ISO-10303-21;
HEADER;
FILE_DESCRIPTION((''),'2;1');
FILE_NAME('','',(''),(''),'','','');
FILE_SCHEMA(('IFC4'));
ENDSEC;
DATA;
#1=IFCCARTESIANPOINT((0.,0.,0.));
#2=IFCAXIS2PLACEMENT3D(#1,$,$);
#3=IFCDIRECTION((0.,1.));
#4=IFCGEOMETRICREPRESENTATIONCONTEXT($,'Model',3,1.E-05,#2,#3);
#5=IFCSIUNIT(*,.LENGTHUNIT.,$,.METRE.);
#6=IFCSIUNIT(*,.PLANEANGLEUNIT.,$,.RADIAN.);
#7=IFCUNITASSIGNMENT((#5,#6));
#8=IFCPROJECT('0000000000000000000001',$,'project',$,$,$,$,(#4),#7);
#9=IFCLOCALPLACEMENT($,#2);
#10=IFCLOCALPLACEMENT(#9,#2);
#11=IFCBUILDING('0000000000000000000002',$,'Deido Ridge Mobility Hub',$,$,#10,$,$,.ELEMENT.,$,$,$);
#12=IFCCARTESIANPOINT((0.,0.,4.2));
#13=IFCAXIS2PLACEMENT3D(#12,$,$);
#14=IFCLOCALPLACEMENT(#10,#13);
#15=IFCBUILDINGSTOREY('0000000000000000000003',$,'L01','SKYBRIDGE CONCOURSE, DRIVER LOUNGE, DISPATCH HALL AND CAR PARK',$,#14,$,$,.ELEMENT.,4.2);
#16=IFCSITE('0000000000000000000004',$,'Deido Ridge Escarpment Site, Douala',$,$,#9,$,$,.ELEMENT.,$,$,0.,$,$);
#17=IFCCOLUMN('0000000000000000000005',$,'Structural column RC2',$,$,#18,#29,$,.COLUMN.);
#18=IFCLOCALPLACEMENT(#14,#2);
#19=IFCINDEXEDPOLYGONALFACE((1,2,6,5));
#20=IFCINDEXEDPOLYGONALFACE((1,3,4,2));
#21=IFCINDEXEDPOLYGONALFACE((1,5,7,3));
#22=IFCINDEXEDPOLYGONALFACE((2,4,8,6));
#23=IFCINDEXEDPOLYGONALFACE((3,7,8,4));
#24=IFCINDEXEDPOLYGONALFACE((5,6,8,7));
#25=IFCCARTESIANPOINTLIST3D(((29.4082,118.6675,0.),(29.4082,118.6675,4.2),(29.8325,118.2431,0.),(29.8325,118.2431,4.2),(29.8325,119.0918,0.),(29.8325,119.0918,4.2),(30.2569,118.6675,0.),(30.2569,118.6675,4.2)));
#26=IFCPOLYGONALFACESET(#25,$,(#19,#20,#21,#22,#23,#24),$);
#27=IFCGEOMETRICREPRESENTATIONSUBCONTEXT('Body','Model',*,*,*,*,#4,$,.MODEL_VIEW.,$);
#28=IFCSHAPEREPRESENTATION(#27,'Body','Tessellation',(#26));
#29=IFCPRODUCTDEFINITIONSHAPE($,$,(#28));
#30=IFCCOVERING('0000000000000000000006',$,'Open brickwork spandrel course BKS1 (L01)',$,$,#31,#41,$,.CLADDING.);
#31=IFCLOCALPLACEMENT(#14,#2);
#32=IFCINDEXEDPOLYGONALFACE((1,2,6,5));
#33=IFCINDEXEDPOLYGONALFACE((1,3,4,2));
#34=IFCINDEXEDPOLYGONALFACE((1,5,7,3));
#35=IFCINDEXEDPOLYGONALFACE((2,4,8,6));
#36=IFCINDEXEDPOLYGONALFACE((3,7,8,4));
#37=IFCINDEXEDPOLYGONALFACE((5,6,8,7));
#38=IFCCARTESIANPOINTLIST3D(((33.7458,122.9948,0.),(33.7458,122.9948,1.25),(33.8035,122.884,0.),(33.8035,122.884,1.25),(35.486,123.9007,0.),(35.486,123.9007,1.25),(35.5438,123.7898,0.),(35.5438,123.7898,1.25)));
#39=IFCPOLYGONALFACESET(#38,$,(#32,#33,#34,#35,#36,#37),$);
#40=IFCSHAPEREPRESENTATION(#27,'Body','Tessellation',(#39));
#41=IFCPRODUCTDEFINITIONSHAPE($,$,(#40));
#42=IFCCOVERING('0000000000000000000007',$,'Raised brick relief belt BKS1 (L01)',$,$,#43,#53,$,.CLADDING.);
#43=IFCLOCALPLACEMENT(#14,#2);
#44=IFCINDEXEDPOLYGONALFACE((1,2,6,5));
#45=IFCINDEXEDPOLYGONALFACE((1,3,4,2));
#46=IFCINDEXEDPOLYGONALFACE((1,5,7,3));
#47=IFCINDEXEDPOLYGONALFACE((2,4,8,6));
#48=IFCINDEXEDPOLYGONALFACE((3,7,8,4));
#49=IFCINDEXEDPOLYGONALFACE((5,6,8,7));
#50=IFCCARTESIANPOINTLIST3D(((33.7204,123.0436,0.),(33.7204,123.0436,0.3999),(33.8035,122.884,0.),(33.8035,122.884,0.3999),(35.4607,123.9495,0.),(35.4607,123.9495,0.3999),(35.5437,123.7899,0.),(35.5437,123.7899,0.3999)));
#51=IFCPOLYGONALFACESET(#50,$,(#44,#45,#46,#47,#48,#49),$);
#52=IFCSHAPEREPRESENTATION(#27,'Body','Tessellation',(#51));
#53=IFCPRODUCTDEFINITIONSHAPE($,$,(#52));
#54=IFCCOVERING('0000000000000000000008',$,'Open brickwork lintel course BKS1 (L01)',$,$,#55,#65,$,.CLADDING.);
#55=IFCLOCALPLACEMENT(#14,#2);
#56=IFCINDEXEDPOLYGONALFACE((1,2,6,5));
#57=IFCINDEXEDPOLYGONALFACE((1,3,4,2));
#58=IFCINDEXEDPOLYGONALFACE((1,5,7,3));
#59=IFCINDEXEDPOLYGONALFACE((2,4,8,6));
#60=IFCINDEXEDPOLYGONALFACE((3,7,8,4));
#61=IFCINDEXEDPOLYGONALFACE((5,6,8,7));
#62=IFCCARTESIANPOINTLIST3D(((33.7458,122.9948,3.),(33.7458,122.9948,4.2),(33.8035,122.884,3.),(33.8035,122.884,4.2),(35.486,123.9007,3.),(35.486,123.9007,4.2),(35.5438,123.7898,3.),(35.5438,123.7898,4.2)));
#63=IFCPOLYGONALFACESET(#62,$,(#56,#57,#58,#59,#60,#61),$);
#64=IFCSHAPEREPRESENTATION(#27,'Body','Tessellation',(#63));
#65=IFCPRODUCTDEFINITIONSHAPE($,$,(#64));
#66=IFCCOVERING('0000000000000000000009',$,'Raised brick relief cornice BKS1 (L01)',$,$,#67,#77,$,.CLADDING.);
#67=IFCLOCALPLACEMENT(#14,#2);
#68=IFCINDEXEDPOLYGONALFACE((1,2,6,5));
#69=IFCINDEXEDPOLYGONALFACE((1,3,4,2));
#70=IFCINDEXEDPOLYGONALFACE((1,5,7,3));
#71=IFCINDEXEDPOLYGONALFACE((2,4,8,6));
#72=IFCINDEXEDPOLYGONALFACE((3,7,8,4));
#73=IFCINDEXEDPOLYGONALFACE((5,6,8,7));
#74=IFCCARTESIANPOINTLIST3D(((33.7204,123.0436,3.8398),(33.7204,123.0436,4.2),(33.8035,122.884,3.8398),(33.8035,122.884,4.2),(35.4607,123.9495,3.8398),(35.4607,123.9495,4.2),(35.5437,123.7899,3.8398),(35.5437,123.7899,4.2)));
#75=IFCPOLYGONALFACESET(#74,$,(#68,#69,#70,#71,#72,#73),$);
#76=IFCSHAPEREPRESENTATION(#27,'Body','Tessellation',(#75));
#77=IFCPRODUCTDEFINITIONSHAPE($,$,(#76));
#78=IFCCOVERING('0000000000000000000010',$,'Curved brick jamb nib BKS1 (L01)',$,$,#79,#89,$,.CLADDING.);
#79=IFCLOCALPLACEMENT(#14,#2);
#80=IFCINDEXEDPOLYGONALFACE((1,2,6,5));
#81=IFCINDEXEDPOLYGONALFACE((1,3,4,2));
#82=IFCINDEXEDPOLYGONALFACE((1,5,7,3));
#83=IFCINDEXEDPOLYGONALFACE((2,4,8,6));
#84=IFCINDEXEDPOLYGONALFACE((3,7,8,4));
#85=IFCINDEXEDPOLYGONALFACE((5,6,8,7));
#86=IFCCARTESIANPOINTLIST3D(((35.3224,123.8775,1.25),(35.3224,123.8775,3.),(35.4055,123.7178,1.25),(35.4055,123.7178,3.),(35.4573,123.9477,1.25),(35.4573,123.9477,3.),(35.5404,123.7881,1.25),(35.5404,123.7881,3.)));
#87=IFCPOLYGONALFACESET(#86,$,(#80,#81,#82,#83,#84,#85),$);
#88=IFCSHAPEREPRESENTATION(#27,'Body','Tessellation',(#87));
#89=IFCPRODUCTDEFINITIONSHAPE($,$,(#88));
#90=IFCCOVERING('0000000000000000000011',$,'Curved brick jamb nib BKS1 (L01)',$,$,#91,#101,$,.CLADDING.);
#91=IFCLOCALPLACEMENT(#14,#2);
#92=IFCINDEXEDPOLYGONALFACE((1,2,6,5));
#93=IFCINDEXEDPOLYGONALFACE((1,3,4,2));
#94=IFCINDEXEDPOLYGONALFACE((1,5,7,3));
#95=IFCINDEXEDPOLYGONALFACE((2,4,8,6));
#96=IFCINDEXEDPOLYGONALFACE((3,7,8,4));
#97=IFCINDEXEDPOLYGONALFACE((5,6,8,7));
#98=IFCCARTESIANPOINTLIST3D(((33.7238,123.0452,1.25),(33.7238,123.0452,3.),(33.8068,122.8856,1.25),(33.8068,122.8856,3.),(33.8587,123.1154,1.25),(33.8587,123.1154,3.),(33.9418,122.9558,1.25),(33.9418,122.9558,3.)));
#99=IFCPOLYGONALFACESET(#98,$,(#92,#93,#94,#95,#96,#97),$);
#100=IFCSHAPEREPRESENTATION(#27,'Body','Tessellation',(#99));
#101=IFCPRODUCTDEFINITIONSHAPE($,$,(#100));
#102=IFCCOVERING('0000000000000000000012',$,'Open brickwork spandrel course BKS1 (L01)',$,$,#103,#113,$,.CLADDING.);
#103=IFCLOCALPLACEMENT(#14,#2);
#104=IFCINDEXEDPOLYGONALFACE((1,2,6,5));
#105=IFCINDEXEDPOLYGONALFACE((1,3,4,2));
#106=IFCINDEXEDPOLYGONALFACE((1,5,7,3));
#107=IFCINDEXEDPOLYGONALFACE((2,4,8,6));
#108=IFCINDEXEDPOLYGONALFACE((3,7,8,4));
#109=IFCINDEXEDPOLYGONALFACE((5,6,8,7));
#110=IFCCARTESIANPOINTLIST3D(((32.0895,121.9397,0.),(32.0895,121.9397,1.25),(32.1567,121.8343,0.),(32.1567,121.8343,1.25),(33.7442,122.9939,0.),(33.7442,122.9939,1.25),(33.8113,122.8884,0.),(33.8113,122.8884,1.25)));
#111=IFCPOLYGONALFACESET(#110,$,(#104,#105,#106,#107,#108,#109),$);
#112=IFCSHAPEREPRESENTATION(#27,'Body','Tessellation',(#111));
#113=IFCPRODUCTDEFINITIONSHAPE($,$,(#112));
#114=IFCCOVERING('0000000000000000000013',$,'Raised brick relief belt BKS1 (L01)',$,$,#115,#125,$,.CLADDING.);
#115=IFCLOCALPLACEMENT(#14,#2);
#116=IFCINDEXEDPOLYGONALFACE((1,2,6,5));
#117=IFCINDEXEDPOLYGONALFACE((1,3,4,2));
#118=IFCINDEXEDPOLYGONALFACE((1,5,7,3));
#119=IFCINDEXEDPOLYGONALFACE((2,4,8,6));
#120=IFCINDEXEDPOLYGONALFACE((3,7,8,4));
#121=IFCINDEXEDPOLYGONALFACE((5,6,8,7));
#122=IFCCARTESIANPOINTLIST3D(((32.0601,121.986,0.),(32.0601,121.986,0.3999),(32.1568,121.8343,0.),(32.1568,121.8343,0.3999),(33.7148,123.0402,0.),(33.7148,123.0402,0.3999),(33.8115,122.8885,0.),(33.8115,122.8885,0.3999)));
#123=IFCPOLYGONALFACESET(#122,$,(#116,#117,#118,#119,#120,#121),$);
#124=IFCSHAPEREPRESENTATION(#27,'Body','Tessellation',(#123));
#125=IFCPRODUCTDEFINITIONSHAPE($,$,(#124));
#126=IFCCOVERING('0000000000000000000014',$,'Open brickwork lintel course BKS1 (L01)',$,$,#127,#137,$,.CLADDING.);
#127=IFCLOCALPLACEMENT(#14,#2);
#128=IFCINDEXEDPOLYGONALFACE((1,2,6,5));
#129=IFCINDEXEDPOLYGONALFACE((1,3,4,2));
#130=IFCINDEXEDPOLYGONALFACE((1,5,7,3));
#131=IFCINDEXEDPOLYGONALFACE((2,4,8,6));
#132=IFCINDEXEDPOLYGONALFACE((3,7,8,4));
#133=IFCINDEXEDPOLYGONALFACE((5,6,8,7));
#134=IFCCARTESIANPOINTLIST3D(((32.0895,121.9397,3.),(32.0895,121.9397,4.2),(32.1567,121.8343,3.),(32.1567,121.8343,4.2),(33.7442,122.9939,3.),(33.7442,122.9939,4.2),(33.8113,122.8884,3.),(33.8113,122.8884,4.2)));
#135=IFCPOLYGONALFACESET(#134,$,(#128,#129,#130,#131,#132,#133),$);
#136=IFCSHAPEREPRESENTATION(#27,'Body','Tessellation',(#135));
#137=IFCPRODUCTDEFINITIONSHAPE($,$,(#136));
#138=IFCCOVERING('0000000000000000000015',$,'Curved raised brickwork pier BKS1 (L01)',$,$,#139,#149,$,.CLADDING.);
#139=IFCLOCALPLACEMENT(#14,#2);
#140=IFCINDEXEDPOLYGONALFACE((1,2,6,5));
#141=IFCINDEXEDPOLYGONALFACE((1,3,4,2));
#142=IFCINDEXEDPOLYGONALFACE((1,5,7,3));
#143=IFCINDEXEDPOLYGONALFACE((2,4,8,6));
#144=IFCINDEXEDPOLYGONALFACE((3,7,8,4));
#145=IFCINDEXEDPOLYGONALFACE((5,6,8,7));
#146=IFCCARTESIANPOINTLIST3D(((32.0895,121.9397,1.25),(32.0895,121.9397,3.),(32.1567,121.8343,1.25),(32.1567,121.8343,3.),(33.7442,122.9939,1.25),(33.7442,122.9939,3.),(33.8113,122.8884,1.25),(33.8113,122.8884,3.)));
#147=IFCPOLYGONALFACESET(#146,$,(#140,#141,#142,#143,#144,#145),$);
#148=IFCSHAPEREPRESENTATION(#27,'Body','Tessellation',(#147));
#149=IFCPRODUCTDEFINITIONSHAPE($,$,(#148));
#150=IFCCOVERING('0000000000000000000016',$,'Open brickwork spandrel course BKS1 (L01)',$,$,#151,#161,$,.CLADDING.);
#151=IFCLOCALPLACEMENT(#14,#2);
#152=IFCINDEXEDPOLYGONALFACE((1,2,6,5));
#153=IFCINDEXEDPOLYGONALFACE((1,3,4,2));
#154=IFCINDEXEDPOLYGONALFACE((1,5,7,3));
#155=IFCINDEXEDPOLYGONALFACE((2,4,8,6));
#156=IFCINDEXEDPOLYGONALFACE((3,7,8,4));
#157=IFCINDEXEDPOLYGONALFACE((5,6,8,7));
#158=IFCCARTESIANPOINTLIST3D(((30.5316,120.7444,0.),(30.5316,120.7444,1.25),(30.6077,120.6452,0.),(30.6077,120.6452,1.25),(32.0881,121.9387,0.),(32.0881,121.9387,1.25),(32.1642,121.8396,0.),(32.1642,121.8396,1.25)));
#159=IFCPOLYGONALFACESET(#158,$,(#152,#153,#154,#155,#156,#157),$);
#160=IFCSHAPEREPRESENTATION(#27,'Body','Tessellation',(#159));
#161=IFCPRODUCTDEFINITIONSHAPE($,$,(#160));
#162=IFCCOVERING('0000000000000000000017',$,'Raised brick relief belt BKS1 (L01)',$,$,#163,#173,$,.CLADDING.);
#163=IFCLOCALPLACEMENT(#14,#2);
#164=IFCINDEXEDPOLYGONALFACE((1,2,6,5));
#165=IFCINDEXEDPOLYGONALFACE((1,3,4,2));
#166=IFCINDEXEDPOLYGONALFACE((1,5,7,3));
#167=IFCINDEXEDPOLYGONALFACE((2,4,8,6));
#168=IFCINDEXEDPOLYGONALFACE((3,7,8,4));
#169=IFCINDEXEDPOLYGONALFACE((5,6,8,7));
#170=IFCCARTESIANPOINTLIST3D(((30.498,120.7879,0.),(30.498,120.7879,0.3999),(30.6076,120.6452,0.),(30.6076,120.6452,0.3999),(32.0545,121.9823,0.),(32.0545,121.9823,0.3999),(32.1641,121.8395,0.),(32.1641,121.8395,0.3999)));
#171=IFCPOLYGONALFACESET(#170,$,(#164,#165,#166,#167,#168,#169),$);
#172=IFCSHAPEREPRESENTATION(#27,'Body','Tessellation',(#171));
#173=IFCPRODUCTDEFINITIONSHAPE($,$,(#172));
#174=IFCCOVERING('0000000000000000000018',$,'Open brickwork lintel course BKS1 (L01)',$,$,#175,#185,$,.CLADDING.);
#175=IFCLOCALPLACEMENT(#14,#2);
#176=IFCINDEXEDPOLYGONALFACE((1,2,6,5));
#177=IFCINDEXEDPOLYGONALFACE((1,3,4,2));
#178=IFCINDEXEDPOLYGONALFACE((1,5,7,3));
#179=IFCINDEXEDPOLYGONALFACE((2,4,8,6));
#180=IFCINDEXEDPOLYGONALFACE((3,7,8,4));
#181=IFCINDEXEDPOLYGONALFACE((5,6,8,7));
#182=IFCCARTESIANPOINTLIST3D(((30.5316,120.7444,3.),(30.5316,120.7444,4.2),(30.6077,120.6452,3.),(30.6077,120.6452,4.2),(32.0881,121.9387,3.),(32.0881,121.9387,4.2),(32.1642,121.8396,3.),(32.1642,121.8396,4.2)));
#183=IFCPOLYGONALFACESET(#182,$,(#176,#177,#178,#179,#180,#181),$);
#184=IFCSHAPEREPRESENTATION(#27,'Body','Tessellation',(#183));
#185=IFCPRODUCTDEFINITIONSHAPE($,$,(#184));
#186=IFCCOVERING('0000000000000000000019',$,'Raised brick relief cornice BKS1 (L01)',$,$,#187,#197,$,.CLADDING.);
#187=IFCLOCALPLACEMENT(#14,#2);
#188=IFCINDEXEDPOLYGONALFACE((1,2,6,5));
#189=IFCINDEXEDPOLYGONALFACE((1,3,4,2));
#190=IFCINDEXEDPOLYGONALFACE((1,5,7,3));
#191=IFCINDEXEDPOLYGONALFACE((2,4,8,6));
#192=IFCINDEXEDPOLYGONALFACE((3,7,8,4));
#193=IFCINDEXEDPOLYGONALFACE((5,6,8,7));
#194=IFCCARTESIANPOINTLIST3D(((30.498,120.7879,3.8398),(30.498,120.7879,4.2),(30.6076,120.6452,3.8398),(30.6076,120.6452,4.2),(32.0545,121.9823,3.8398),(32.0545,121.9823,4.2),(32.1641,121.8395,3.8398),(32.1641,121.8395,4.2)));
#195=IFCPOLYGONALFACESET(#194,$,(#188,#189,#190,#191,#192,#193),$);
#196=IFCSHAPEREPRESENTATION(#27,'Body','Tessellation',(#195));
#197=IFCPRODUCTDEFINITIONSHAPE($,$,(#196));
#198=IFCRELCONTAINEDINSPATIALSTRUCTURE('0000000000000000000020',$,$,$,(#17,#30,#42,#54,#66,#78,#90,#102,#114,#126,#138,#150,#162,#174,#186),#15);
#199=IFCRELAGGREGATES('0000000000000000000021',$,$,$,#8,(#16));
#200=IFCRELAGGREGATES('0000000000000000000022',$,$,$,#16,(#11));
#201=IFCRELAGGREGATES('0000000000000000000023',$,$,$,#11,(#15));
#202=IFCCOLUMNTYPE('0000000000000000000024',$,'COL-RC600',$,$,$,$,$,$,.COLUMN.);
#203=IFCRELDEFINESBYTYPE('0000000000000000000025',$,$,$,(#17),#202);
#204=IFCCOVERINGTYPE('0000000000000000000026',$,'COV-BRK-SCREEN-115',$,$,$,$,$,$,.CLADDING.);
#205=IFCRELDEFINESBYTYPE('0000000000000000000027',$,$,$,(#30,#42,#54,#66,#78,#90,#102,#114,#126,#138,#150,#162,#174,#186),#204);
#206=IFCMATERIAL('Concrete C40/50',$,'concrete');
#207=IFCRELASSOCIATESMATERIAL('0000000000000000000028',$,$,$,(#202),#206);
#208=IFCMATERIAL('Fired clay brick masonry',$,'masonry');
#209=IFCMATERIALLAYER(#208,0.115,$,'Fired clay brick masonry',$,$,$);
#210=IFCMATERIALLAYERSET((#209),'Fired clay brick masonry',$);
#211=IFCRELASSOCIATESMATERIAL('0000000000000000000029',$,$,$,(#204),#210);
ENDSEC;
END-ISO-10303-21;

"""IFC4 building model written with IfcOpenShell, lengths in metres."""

from ifc_helpers import new_model, si_unit, direction, frame, origin, origin_2d, place, context, subcontext, project, spatial, rectangle, extrude, material, layer, layer_set, material_profile, profile_set, type_object, element, save


model = new_model("IFC4")

# Units and contexts
model_context = context("Model", 3, precision=1e-05, world=origin(), true_north=direction((0.0, 1.0)))
body_context = subcontext(model_context, "Body", "Model", "MODEL_VIEW")
ifc_project = project(units=[si_unit("LENGTHUNIT", "METRE"), si_unit("PLANEANGLEUNIT", "RADIAN")], contexts=[model_context])

# Site, building, storey
site_placement = place(None, origin())
site = spatial("IfcSite", under=ifc_project, at=site_placement, Name="Deido Ridge Escarpment Site, Douala", CompositionType="ELEMENT", RefElevation=0.0)
building_placement = place(site_placement, origin())
building = spatial("IfcBuilding", under=site, at=building_placement, Name="Deido Ridge Mobility Hub", CompositionType="ELEMENT")
storey_placement = place(building_placement, frame((0.0, 0.0, 4.2)))
storey = spatial("IfcBuildingStorey", under=building, at=storey_placement, Name="L01", Description="SKYBRIDGE CONCOURSE, DRIVER LOUNGE, DISPATCH HALL AND CAR PARK", CompositionType="ELEMENT", Elevation=4.2)

# Column
ifc_material_1 = material(Name="Concrete C40/50", Category="concrete")
ifc_material_profile = material_profile(ifc_material_1, rectangle(XDim=0.6001, YDim=0.6001, at=origin_2d()), Name="RC COL 600x600")
ifc_profile_set = profile_set([ifc_material_profile], Name="Concrete C40/50")
column_type = type_object("IfcColumnType", Name="COL-RC600", PredefinedType="COLUMN", material=ifc_profile_set)
column_placement = place(storey_placement, frame((29.8325, 118.6675, 0.0), z_axis=(0.0, 0.0, 1.0), x_axis=(-0.707107, 0.707107, 0.0)))
element("IfcColumn", 1, at=column_placement, inside=storey, type_object=column_type, Name="Structural column RC2", PredefinedType="COLUMN", context=body_context, shape_type="SweptSolid", body=[
    extrude(rectangle(XDim=0.6001, YDim=0.6001, at=origin_2d()), origin(), (0.0, 0.0, 1.0), 4.2),
])

# Coverings
ifc_material_2 = material(Name="Fired clay brick masonry", Category="masonry")
ifc_layer = layer(ifc_material_2, 0.115, Name="Fired clay brick masonry")
ifc_layer_set = layer_set([ifc_layer], Name="Fired clay brick masonry")
covering_type = type_object("IfcCoveringType", Name="COV-BRK-SCREEN-115", PredefinedType="CLADDING", material=ifc_layer_set)
covering_1_placement = place(storey_placement, frame((34.6448, 123.3923, 0.0), z_axis=(0.0, 0.0, 1.0), x_axis=(-0.887019, -0.461733, 0.0)))
element("IfcCovering", 2, at=covering_1_placement, inside=storey, type_object=covering_type, Name="Open brickwork spandrel course BKS1 (L01)", PredefinedType="CLADDING", context=body_context, shape_type="SweptSolid", body=[
    extrude(rectangle(XDim=1.9619, YDim=0.125, at=origin_2d()), origin(), (0.0, 0.0, 1.0), 1.25),
])
covering_2_placement = place(storey_placement, frame((34.6321, 123.4167, 0.0), z_axis=(0.0, 0.0, 1.0), x_axis=(-0.887019, -0.461733, 0.0)))
element("IfcCovering", 3, at=covering_2_placement, inside=storey, type_object=covering_type, Name="Raised brick relief belt BKS1 (L01)", PredefinedType="CLADDING", context=body_context, shape_type="SweptSolid", body=[
    extrude(rectangle(XDim=1.9619, YDim=0.1799, at=origin_2d()), origin(), (0.0, 0.0, 1.0), 0.3999),
])
covering_3_placement = place(storey_placement, frame((34.6448, 123.3923, 3.0), z_axis=(0.0, 0.0, 1.0), x_axis=(-0.887019, -0.461733, 0.0)))
element("IfcCovering", 4, at=covering_3_placement, inside=storey, type_object=covering_type, Name="Open brickwork lintel course BKS1 (L01)", PredefinedType="CLADDING", context=body_context, shape_type="SweptSolid", body=[
    extrude(rectangle(XDim=1.9619, YDim=0.125, at=origin_2d()), origin(), (0.0, 0.0, 1.0), 1.2),
])
covering_4_placement = place(storey_placement, frame((34.6321, 123.4167, 3.8398), z_axis=(0.0, 0.0, 1.0), x_axis=(-0.887019, -0.461733, 0.0)))
element("IfcCovering", 5, at=covering_4_placement, inside=storey, type_object=covering_type, Name="Raised brick relief cornice BKS1 (L01)", PredefinedType="CLADDING", context=body_context, shape_type="SweptSolid", body=[
    extrude(rectangle(XDim=1.9619, YDim=0.1799, at=origin_2d()), origin(), (0.0, 0.0, 1.0), 0.3601),
])
for number, where, z_axis, x_axis, name in (
    (6, (35.4314, 123.8328, 1.25), (0.0, 0.0, 1.0), (-0.887019, -0.461733, 0.0), "Curved brick jamb nib BKS1 (L01)"),
    (7, (33.8328, 123.0005, 1.25), (0.0, 0.0, 1.0), (-0.887019, -0.461733, 0.0), "Curved brick jamb nib BKS1 (L01)"),
):
    element("IfcCovering", number, at=place(storey_placement, frame(where, z_axis=z_axis, x_axis=x_axis)), inside=storey, type_object=covering_type, Name=name, PredefinedType="CLADDING", context=body_context, shape_type="SweptSolid", body=[
        extrude(rectangle(XDim=0.1521, YDim=0.1799, at=origin_2d()), origin(), (0.0, 0.0, 1.0), 1.75),
    ])
covering_5_placement = place(storey_placement, frame((32.9504, 122.4141, 0.0), z_axis=(0.0, 0.0, 1.0), x_axis=(-0.843382, -0.537314, 0.0)))
element("IfcCovering", 8, at=covering_5_placement, inside=storey, type_object=covering_type, Name="Open brickwork spandrel course BKS1 (L01)", PredefinedType="CLADDING", context=body_context, shape_type="SweptSolid", body=[
    extrude(rectangle(XDim=1.9619, YDim=0.125, at=origin_2d()), origin(), (0.0, 0.0, 1.0), 1.25),
])
covering_6_placement = place(storey_placement, frame((32.9358, 122.4373, 0.0), z_axis=(0.0, 0.0, 1.0), x_axis=(-0.843382, -0.537314, 0.0)))
element("IfcCovering", 9, at=covering_6_placement, inside=storey, type_object=covering_type, Name="Raised brick relief belt BKS1 (L01)", PredefinedType="CLADDING", context=body_context, shape_type="SweptSolid", body=[
    extrude(rectangle(XDim=1.9619, YDim=0.1799, at=origin_2d()), origin(), (0.0, 0.0, 1.0), 0.3999),
])
covering_7_placement = place(storey_placement, frame((32.9504, 122.4141, 3.0), z_axis=(0.0, 0.0, 1.0), x_axis=(-0.843382, -0.537314, 0.0)))
element("IfcCovering", 10, at=covering_7_placement, inside=storey, type_object=covering_type, Name="Open brickwork lintel course BKS1 (L01)", PredefinedType="CLADDING", context=body_context, shape_type="SweptSolid", body=[
    extrude(rectangle(XDim=1.9619, YDim=0.125, at=origin_2d()), origin(), (0.0, 0.0, 1.0), 1.2),
])
covering_8_placement = place(storey_placement, frame((32.9504, 122.4141, 1.25), z_axis=(0.0, 0.0, 1.0), x_axis=(-0.843382, -0.537314, 0.0)))
element("IfcCovering", 11, at=covering_8_placement, inside=storey, type_object=covering_type, Name="Curved raised brickwork pier BKS1 (L01)", PredefinedType="CLADDING", context=body_context, shape_type="SweptSolid", body=[
    extrude(rectangle(XDim=1.9619, YDim=0.125, at=origin_2d()), origin(), (0.0, 0.0, 1.0), 1.75),
])
covering_9_placement = place(storey_placement, frame((31.3479, 121.292, 0.0), z_axis=(0.0, 0.0, 1.0), x_axis=(-0.793353, -0.608761, 0.0)))
element("IfcCovering", 12, at=covering_9_placement, inside=storey, type_object=covering_type, Name="Open brickwork spandrel course BKS1 (L01)", PredefinedType="CLADDING", context=body_context, shape_type="SweptSolid", body=[
    extrude(rectangle(XDim=1.9619, YDim=0.125, at=origin_2d()), origin(), (0.0, 0.0, 1.0), 1.25),
])
covering_10_placement = place(storey_placement, frame((31.3311, 121.3137, 0.0), z_axis=(0.0, 0.0, 1.0), x_axis=(-0.793353, -0.608761, 0.0)))
element("IfcCovering", 13, at=covering_10_placement, inside=storey, type_object=covering_type, Name="Raised brick relief belt BKS1 (L01)", PredefinedType="CLADDING", context=body_context, shape_type="SweptSolid", body=[
    extrude(rectangle(XDim=1.9619, YDim=0.1799, at=origin_2d()), origin(), (0.0, 0.0, 1.0), 0.3999),
])
covering_11_placement = place(storey_placement, frame((31.3479, 121.292, 3.0), z_axis=(0.0, 0.0, 1.0), x_axis=(-0.793353, -0.608761, 0.0)))
element("IfcCovering", 14, at=covering_11_placement, inside=storey, type_object=covering_type, Name="Open brickwork lintel course BKS1 (L01)", PredefinedType="CLADDING", context=body_context, shape_type="SweptSolid", body=[
    extrude(rectangle(XDim=1.9619, YDim=0.125, at=origin_2d()), origin(), (0.0, 0.0, 1.0), 1.2),
])
covering_12_placement = place(storey_placement, frame((31.3311, 121.3137, 3.8398), z_axis=(0.0, 0.0, 1.0), x_axis=(-0.793353, -0.608761, 0.0)))
element("IfcCovering", 15, at=covering_12_placement, inside=storey, type_object=covering_type, Name="Raised brick relief cornice BKS1 (L01)", PredefinedType="CLADDING", context=body_context, shape_type="SweptSolid", body=[
    extrude(rectangle(XDim=1.9619, YDim=0.1799, at=origin_2d()), origin(), (0.0, 0.0, 1.0), 0.3601),
])

save(model, "model.ifc")
